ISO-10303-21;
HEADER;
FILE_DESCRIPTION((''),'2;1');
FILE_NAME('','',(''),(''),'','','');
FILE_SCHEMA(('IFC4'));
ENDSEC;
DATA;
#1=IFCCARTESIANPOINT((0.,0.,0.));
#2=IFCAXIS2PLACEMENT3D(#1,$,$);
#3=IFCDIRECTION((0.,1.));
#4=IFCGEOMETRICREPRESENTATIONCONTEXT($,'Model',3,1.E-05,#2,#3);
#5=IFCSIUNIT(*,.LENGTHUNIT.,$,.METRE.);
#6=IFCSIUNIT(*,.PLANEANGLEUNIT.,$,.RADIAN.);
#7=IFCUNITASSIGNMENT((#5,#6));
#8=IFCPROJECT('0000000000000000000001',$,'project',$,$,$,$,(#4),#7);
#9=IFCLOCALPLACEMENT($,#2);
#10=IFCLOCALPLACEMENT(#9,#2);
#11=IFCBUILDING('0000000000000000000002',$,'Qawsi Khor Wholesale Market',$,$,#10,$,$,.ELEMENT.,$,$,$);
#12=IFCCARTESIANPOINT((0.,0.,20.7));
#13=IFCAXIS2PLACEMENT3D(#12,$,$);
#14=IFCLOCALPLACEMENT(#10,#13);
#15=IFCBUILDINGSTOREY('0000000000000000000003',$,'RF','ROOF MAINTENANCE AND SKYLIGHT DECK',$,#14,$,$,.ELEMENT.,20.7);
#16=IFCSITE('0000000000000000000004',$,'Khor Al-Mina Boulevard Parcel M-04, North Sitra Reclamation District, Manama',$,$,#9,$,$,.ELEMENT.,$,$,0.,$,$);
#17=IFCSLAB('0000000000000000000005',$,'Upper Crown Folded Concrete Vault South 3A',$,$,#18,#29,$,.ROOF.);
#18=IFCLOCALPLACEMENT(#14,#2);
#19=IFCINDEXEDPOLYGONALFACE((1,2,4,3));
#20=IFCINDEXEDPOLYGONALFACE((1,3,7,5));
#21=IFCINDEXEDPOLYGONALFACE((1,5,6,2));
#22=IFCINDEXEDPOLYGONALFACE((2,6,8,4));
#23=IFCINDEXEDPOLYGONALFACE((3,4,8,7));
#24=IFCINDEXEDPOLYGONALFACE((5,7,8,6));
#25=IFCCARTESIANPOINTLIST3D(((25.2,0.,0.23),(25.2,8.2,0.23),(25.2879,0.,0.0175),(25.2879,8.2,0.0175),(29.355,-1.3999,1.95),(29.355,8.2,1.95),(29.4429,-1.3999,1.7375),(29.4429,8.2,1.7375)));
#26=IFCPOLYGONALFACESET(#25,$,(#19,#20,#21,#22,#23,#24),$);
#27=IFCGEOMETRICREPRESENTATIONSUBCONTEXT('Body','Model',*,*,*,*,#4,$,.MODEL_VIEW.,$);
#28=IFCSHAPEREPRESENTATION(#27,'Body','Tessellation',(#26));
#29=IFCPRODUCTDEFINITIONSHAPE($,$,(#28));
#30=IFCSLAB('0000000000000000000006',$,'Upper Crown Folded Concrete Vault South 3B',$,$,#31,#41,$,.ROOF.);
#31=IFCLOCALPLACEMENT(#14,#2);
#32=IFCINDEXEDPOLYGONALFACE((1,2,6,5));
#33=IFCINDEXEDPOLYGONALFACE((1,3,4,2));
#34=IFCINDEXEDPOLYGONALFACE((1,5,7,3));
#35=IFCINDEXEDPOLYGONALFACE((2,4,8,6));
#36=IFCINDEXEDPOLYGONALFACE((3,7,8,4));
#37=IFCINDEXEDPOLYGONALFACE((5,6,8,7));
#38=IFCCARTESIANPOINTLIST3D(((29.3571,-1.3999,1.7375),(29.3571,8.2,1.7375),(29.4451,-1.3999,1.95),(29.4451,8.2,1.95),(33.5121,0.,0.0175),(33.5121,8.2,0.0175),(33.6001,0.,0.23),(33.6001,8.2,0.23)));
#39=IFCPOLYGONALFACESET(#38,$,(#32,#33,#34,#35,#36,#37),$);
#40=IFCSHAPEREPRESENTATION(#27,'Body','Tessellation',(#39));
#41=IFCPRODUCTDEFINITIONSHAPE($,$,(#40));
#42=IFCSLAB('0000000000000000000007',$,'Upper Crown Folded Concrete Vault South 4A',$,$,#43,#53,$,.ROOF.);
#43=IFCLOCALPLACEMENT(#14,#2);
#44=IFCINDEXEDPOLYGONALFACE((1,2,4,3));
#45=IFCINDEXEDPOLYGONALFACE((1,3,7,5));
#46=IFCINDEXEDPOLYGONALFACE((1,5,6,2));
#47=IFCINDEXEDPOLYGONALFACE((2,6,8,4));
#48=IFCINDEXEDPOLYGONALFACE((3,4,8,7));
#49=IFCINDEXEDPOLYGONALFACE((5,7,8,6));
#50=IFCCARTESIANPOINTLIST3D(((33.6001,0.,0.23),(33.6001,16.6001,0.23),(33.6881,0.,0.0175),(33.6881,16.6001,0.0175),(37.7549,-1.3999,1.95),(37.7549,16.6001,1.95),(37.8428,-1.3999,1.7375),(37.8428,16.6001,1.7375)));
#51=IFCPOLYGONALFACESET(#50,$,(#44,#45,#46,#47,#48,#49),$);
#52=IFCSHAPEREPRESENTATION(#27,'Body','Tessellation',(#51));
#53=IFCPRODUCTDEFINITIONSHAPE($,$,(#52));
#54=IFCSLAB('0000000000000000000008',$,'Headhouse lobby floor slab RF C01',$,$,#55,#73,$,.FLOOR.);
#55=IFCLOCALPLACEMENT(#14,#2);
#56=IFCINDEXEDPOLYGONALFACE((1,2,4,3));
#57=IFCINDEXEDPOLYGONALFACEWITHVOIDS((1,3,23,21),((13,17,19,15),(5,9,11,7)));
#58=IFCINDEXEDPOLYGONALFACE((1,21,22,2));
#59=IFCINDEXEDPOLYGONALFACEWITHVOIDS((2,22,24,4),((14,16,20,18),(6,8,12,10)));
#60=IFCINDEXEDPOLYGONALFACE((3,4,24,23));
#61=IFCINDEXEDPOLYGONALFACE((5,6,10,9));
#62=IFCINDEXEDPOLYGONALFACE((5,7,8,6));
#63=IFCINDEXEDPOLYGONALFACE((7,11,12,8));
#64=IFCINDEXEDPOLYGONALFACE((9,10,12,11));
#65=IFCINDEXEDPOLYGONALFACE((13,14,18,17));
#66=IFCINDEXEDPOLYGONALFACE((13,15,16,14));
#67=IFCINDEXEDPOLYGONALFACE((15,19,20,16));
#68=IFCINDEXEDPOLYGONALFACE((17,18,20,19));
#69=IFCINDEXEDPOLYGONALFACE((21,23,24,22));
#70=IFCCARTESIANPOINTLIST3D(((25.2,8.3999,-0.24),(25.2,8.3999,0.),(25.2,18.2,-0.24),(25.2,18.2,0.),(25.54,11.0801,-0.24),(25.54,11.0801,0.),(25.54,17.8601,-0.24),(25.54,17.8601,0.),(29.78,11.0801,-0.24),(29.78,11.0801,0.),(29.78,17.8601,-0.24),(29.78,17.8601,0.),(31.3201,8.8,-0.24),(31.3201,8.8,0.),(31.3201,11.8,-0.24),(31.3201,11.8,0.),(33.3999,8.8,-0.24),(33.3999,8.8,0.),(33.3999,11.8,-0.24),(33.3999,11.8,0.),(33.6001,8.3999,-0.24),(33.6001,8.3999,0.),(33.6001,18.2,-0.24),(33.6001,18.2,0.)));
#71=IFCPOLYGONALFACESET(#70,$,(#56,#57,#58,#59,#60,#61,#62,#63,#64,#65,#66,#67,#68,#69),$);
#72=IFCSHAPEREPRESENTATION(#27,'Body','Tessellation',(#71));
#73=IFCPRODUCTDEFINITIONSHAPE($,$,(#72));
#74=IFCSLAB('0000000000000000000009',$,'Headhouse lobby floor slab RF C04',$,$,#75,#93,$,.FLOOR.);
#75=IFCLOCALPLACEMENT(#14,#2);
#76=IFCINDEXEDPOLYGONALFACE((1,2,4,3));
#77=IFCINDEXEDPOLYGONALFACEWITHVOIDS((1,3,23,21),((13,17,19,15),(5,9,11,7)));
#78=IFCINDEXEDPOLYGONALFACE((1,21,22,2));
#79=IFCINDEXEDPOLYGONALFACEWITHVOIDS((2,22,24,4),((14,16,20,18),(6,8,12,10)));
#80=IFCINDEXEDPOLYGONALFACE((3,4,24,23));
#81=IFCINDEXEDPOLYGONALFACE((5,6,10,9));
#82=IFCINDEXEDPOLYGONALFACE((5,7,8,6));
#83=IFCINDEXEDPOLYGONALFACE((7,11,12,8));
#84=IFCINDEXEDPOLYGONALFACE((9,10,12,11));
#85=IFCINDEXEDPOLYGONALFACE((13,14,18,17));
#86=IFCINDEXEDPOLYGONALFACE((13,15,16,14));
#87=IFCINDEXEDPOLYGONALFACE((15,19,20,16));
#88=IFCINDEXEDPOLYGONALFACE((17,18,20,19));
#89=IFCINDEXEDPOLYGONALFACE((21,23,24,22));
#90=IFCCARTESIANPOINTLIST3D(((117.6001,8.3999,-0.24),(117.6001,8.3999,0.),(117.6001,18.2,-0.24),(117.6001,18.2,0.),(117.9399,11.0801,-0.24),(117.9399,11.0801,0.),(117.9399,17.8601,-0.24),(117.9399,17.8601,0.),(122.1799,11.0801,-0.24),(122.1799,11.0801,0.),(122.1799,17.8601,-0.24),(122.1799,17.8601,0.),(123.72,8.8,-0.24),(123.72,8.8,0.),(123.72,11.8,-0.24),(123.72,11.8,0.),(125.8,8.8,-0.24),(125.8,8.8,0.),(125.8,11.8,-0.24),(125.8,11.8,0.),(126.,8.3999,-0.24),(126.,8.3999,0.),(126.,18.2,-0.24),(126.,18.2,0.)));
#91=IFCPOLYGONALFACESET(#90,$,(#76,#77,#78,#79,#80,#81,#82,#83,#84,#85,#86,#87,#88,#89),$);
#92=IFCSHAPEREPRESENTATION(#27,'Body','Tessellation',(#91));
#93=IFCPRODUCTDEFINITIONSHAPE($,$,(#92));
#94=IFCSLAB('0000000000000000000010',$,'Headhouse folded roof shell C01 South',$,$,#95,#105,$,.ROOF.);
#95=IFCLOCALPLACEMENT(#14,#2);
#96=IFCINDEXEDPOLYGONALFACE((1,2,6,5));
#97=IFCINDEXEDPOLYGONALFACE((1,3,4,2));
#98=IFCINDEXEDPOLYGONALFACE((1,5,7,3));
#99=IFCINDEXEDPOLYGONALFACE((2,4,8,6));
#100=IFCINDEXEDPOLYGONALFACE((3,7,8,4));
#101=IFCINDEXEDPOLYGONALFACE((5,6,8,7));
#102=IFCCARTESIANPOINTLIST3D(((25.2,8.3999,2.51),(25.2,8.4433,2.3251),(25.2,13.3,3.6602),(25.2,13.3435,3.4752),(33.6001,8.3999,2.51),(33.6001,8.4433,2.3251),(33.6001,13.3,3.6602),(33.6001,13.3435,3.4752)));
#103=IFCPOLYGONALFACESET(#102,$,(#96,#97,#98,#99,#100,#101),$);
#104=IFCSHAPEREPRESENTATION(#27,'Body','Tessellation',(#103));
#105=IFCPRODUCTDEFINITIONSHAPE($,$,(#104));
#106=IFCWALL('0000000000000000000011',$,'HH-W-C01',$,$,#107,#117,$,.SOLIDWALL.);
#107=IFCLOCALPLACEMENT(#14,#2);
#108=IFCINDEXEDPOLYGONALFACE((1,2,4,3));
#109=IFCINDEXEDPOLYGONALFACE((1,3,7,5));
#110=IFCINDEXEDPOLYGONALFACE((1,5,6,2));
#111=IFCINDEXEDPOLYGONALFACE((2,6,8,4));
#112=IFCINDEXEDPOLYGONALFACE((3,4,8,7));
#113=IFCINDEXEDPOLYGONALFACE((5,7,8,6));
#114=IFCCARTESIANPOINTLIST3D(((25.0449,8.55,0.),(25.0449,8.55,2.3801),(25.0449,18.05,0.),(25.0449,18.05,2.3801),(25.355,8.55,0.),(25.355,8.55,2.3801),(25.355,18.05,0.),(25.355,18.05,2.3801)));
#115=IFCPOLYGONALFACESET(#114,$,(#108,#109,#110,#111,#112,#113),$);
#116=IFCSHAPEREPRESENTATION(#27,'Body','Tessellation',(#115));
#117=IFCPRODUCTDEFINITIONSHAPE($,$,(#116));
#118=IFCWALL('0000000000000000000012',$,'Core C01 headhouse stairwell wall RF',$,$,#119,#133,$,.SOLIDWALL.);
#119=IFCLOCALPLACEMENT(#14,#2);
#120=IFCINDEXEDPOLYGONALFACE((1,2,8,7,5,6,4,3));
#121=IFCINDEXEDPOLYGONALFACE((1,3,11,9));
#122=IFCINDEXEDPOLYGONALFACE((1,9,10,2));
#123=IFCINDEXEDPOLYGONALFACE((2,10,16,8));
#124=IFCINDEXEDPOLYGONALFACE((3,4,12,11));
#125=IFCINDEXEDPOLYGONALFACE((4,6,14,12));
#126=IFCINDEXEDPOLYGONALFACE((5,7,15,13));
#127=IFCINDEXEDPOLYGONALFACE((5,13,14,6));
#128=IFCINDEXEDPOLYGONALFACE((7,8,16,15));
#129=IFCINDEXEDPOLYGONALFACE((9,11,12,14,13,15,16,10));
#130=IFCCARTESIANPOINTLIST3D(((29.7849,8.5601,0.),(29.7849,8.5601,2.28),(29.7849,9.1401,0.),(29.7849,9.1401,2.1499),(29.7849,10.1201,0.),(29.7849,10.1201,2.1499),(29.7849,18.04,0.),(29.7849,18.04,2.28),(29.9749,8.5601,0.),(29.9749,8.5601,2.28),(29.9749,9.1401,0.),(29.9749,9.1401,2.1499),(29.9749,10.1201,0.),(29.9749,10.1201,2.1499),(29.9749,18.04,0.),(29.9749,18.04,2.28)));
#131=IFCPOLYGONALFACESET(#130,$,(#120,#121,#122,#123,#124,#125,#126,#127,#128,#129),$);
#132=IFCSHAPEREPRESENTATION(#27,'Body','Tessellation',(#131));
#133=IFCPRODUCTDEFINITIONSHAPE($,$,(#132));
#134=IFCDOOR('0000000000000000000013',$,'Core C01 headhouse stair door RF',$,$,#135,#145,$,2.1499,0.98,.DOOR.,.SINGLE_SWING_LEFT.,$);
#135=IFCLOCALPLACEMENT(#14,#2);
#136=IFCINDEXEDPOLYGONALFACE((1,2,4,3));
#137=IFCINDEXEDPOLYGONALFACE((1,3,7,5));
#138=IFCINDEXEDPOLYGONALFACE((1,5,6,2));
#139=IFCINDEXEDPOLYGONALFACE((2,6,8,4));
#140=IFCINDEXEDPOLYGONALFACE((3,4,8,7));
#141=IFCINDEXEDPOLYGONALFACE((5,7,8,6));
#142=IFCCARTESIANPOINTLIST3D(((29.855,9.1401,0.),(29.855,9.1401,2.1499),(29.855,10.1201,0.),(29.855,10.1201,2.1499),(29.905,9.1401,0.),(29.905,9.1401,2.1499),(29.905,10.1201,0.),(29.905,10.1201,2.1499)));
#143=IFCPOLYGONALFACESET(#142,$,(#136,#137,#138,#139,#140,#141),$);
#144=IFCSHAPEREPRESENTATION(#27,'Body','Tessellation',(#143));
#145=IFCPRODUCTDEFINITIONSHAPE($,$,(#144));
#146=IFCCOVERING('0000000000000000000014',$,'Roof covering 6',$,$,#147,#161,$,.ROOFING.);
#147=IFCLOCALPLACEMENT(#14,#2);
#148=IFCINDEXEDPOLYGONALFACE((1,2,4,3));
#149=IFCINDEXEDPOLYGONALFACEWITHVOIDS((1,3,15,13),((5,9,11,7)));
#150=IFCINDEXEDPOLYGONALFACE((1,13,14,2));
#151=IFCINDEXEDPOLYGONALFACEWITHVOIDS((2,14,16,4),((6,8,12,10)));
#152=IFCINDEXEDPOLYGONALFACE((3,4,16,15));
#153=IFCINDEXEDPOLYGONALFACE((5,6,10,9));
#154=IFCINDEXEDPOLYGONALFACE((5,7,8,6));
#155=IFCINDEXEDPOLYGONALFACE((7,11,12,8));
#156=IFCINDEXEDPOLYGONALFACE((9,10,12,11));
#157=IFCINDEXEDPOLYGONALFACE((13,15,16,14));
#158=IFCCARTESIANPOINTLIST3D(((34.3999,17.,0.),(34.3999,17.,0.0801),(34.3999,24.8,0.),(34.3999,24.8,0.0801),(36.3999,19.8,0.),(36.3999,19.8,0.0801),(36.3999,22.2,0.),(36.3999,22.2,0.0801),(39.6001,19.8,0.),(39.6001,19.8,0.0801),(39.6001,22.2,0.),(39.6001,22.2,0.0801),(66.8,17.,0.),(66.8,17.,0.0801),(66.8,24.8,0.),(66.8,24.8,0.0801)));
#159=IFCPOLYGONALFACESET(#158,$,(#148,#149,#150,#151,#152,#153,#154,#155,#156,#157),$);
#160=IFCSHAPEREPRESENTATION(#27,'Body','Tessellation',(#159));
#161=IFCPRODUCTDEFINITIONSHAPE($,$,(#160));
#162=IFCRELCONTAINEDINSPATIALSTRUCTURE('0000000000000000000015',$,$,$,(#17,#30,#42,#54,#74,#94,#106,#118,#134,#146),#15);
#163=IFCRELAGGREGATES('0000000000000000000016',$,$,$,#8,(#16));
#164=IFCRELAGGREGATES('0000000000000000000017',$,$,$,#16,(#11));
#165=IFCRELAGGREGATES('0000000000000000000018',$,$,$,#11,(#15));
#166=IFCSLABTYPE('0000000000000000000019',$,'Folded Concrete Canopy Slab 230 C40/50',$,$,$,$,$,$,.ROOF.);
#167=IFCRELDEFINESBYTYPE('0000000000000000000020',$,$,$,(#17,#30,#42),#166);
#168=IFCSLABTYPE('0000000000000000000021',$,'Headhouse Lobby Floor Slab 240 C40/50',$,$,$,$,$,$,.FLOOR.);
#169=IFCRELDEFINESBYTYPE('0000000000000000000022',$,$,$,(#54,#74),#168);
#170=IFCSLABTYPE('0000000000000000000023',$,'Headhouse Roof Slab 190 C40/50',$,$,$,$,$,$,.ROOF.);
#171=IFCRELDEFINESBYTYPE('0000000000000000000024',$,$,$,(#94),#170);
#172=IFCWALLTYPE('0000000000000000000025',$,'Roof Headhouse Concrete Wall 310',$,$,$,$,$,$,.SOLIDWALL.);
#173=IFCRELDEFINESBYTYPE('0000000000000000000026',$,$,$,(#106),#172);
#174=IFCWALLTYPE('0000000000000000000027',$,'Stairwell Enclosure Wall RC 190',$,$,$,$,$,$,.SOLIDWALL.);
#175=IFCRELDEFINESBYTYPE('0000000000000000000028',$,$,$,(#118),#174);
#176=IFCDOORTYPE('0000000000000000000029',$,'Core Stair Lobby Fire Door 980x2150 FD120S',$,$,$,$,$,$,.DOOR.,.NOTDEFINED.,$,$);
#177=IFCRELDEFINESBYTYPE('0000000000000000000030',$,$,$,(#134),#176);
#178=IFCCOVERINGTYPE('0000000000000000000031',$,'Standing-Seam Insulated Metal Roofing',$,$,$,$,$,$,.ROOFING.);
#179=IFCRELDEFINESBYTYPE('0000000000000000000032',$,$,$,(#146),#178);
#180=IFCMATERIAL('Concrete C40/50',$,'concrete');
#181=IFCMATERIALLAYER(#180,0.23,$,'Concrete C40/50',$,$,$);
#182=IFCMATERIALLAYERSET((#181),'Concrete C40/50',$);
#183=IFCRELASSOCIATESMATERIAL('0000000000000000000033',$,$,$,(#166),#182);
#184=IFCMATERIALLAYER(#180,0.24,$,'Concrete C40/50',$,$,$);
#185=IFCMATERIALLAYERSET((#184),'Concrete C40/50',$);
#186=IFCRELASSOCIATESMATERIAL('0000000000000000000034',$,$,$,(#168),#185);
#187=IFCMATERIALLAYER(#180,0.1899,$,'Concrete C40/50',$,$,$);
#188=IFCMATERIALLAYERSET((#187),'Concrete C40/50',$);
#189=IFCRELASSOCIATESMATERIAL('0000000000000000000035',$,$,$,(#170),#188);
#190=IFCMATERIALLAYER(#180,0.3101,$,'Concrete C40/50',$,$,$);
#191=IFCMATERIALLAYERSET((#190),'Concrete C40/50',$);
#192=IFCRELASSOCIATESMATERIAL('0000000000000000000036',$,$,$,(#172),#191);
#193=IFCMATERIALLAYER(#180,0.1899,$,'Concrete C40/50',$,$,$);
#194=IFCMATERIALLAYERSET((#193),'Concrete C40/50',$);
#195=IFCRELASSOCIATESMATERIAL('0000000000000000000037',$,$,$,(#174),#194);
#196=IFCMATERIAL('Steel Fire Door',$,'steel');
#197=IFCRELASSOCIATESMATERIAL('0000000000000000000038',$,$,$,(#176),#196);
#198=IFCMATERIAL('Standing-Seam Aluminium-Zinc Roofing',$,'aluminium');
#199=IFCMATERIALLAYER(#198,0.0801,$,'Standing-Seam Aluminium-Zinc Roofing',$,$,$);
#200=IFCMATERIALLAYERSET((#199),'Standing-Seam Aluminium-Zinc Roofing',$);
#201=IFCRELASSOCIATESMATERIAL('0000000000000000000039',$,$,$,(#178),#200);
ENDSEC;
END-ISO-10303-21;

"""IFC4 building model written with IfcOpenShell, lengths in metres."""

from ifc_helpers import new_model, si_unit, direction, frame, frame_2d, origin, place, context, subcontext, project, spatial, polyline, rectangle, outline, extrude, material, layer, layer_set, type_object, element, fill, save


model = new_model("IFC4")

# Units and contexts
model_context = context("Model", 3, precision=1e-05, world=origin(), true_north=direction((0.0, 1.0)))
body_context = subcontext(model_context, "Body", "Model", "MODEL_VIEW")
ifc_project = project(units=[si_unit("LENGTHUNIT", "METRE"), si_unit("PLANEANGLEUNIT", "RADIAN")], contexts=[model_context])

# Site, building, storey
site_placement = place(None, origin())
site = spatial("IfcSite", under=ifc_project, at=site_placement, Name="Khor Al-Mina Boulevard Parcel M-04, North Sitra Reclamation District, Manama", CompositionType="ELEMENT", RefElevation=0.0)
building_placement = place(site_placement, origin())
building = spatial("IfcBuilding", under=site, at=building_placement, Name="Qawsi Khor Wholesale Market", CompositionType="ELEMENT")
storey_placement = place(building_placement, frame((0.0, 0.0, 20.7)))
storey = spatial("IfcBuildingStorey", under=building, at=storey_placement, Name="RF", Description="ROOF MAINTENANCE AND SKYLIGHT DECK", CompositionType="ELEMENT", Elevation=20.7)

# Shared definitions
ifc_material_1 = material(Name="Concrete C40/50", Category="concrete")

# Slabs
ifc_layer_1 = layer(ifc_material_1, 0.23, Name="Concrete C40/50")
ifc_layer_set_1 = layer_set([ifc_layer_1], Name="Concrete C40/50")
slab_type_1 = type_object("IfcSlabType", Name="Folded Concrete Canopy Slab 230 C40/50", PredefinedType="ROOF", material=ifc_layer_set_1)
slab_1_placement = place(storey_placement, frame((25.2, 0.0, 0.23), z_axis=(-0.382475, 0.0, 0.923966), x_axis=(0.882208, -0.297231, 0.365189)))
element("IfcSlab", 1, at=slab_1_placement, inside=storey, type_object=slab_type_1, Name="Upper Crown Folded Concrete Vault South 3A", PredefinedType="ROOF", context=body_context, shape_type="SweptSolid", body=[
    extrude(outline(polyline([(0.0, 0.0), (4.7098, 0.0), (1.8564, 9.166), (-2.4373, 7.8294), (0.0, 0.0)])), origin(), (0.0, 0.0, -1.0), 0.23),
])
slab_2_placement = place(storey_placement, frame((29.4451, -1.3999, 1.95), z_axis=(0.382475, 0.0, 0.923966), x_axis=(0.882208, 0.297231, -0.365189)))
element("IfcSlab", 2, at=slab_2_placement, inside=storey, type_object=slab_type_1, Name="Upper Crown Folded Concrete Vault South 3B", PredefinedType="ROOF", context=body_context, shape_type="SweptSolid", body=[
    extrude(outline(polyline([(0.0, 0.0), (4.7098, 0.0), (7.1471, 7.8294), (2.8534, 9.166), (0.0, 0.0)])), origin(), (0.0, 0.0, -1.0), 0.23),
])
slab_3_placement = place(storey_placement, frame((33.6001, 0.0, 0.23), z_axis=(-0.382494, 0.0, 0.923958), x_axis=(0.882196, -0.297245, 0.365206)))
element("IfcSlab", 3, at=slab_3_placement, inside=storey, type_object=slab_type_1, Name="Upper Crown Folded Concrete Vault South 4A", PredefinedType="ROOF", context=body_context, shape_type="SweptSolid", body=[
    extrude(outline(polyline([(0.0, 0.0), (4.7096, 0.0), (-0.6408, 17.1864), (-4.9343, 15.8498), (0.0, 0.0)])), origin(), (0.0, 0.0, -1.0), 0.23),
])
ifc_layer_2 = layer(ifc_material_1, 0.24, Name="Concrete C40/50")
ifc_layer_set_2 = layer_set([ifc_layer_2], Name="Concrete C40/50")
slab_type_2 = type_object("IfcSlabType", Name="Headhouse Lobby Floor Slab 240 C40/50", PredefinedType="FLOOR", material=ifc_layer_set_2)
slab_4_placement = place(storey_placement, frame((0.0, 0.0, -0.24)))
element("IfcSlab", 4, at=slab_4_placement, inside=storey, type_object=slab_type_2, Name="Headhouse lobby floor slab RF C01", PredefinedType="FLOOR", context=body_context, shape_type="SweptSolid", body=[
    extrude(outline(polyline([(25.2, 18.2), (33.6001, 18.2), (33.6001, 8.3999), (25.2, 8.3999), (25.2, 18.2)]), holes=[polyline([(31.3201, 8.8), (33.3999, 8.8), (33.3999, 11.8), (31.3201, 11.8), (31.3201, 8.8)]), polyline([(25.54, 11.0801), (29.78, 11.0801), (29.78, 17.8601), (25.54, 17.8601), (25.54, 11.0801)])]), origin(), (0.0, 0.0, 1.0), 0.24),
])
slab_5_placement = place(storey_placement, frame((0.0, 0.0, -0.24)))
element("IfcSlab", 5, at=slab_5_placement, inside=storey, type_object=slab_type_2, Name="Headhouse lobby floor slab RF C04", PredefinedType="FLOOR", context=body_context, shape_type="SweptSolid", body=[
    extrude(outline(polyline([(117.6001, 18.2), (126.0, 18.2), (126.0, 8.3999), (117.6001, 8.3999), (117.6001, 18.2)]), holes=[polyline([(123.72, 8.8), (125.8, 8.8), (125.8, 11.8), (123.72, 11.8), (123.72, 8.8)]), polyline([(117.9399, 11.0801), (122.1799, 11.0801), (122.1799, 17.8601), (117.9399, 17.8601), (117.9399, 11.0801)])]), origin(), (0.0, 0.0, 1.0), 0.24),
])
ifc_layer_3 = layer(ifc_material_1, 0.1899, Name="Concrete C40/50")
ifc_layer_set_3 = layer_set([ifc_layer_3], Name="Concrete C40/50")
slab_type_3 = type_object("IfcSlabType", Name="Headhouse Roof Slab 190 C40/50", PredefinedType="ROOF", material=ifc_layer_set_3)
slab_6_placement = place(storey_placement, frame((25.2, 8.3999, 2.51), z_axis=(0.0, -0.228507, 0.973542), x_axis=(1.0, 0.0, 0.0)))
element("IfcSlab", 6, at=slab_6_placement, inside=storey, type_object=slab_type_3, Name="Headhouse folded roof shell C01 South", PredefinedType="ROOF", context=body_context, shape_type="SweptSolid", body=[
    extrude(outline(polyline([(0.0, 0.0), (8.4001, 0.0), (8.4001, 5.0333), (0.0, 5.0333), (0.0, 0.0)])), origin(), (0.0, 0.0, -1.0), 0.1899),
])

# Shared definitions
ifc_layer_4 = layer(ifc_material_1, 0.3101, Name="Concrete C40/50")
ifc_layer_set_4 = layer_set([ifc_layer_4], Name="Concrete C40/50")
wall_type_1 = type_object("IfcWallType", Name="Roof Headhouse Concrete Wall 310", PredefinedType="SOLIDWALL", material=ifc_layer_set_4)

# Wall
wall_1_placement = place(storey_placement, frame((25.2, 8.55, 0.0), z_axis=(0.0, 0.0, 1.0), x_axis=(0.0, 1.0, 0.0)))
element("IfcWall", 7, at=wall_1_placement, inside=storey, type_object=wall_type_1, Name="HH-W-C01", PredefinedType="SOLIDWALL", context=body_context, shape_type="SweptSolid", body=[
    extrude(rectangle(XDim=9.5, YDim=0.3101, at=frame_2d((4.75, 0.0))), origin(), (0.0, 0.0, 1.0), 2.3801),
])

# Wall, opening, door
ifc_layer_5 = layer(ifc_material_1, 0.1899, Name="Concrete C40/50")
ifc_layer_set_5 = layer_set([ifc_layer_5], Name="Concrete C40/50")
wall_type_2 = type_object("IfcWallType", Name="Stairwell Enclosure Wall RC 190", PredefinedType="SOLIDWALL", material=ifc_layer_set_5)
wall_2_placement = place(storey_placement, frame((29.8799, 8.5601, 0.0), z_axis=(0.0, 0.0, 1.0), x_axis=(0.0, 1.0, 0.0)))
wall_2 = element("IfcWall", 8, at=wall_2_placement, inside=storey, type_object=wall_type_2, Name="Core C01 headhouse stairwell wall RF", PredefinedType="SOLIDWALL", context=body_context, shape_type="SweptSolid", body=[
    extrude(rectangle(XDim=9.48, YDim=0.1899, at=frame_2d((4.74, 0.0))), origin(), (0.0, 0.0, 1.0), 2.28),
])
opening_1_placement = place(wall_2_placement, frame((0.5801, 0.0, 0.0)))
opening_1 = element("IfcOpeningElement", 9, at=opening_1_placement, cuts=wall_2, PredefinedType="OPENING", context=body_context, shape_type="SweptSolid", body=[
    extrude(rectangle(XDim=0.98, YDim=2.1499, at=frame_2d((0.49, 1.075))), frame((0.0, 0.105, 0.0), z_axis=(0.0, -1.0, 0.0), x_axis=(1.0, 0.0, 0.0)), (0.0, 0.0, 1.0), 0.21),
])
ifc_material_2 = material(Name="Steel Fire Door", Category="steel")
door_type_1 = type_object("IfcDoorType", Name="Core Stair Lobby Fire Door 980x2150 FD120S", OperationType="NOTDEFINED", PredefinedType="DOOR", material=ifc_material_2)
door_1_placement = place(opening_1_placement, origin())
door_1 = element("IfcDoor", 10, at=door_1_placement, inside=storey, type_object=door_type_1, Name="Core C01 headhouse stair door RF", OperationType="SINGLE_SWING_LEFT", OverallHeight=2.1499, OverallWidth=0.98, PredefinedType="DOOR", context=body_context, shape_type="SweptSolid", body=[
    extrude(rectangle(XDim=0.98, YDim=2.1499, at=frame_2d((0.49, 1.075))), frame((0.0, 0.0249, 0.0), z_axis=(0.0, -1.0, 0.0), x_axis=(1.0, 0.0, 0.0)), (0.0, 0.0, 1.0), 0.05),
])
fill(opening_1, door_1)

# Covering
ifc_material_3 = material(Name="Standing-Seam Aluminium-Zinc Roofing", Category="aluminium")
ifc_layer_6 = layer(ifc_material_3, 0.0801, Name="Standing-Seam Aluminium-Zinc Roofing")
ifc_layer_set_6 = layer_set([ifc_layer_6], Name="Standing-Seam Aluminium-Zinc Roofing")
covering_type = type_object("IfcCoveringType", Name="Standing-Seam Insulated Metal Roofing", PredefinedType="ROOFING", material=ifc_layer_set_6)
covering_1_placement = place(storey_placement, origin())
element("IfcCovering", 11, at=covering_1_placement, inside=storey, type_object=covering_type, Name="Roof covering 6", PredefinedType="ROOFING", context=body_context, shape_type="SweptSolid", body=[
    extrude(outline(polyline([(34.3999, 24.8), (66.8, 24.8), (66.8, 17.0), (34.3999, 17.0), (34.3999, 24.8)]), holes=[polyline([(39.6001, 19.8), (39.6001, 22.2), (36.3999, 22.2), (36.3999, 19.8), (39.6001, 19.8)])]), origin(), (0.0, 0.0, 1.0), 0.0801),
])

save(model, "model.ifc")
